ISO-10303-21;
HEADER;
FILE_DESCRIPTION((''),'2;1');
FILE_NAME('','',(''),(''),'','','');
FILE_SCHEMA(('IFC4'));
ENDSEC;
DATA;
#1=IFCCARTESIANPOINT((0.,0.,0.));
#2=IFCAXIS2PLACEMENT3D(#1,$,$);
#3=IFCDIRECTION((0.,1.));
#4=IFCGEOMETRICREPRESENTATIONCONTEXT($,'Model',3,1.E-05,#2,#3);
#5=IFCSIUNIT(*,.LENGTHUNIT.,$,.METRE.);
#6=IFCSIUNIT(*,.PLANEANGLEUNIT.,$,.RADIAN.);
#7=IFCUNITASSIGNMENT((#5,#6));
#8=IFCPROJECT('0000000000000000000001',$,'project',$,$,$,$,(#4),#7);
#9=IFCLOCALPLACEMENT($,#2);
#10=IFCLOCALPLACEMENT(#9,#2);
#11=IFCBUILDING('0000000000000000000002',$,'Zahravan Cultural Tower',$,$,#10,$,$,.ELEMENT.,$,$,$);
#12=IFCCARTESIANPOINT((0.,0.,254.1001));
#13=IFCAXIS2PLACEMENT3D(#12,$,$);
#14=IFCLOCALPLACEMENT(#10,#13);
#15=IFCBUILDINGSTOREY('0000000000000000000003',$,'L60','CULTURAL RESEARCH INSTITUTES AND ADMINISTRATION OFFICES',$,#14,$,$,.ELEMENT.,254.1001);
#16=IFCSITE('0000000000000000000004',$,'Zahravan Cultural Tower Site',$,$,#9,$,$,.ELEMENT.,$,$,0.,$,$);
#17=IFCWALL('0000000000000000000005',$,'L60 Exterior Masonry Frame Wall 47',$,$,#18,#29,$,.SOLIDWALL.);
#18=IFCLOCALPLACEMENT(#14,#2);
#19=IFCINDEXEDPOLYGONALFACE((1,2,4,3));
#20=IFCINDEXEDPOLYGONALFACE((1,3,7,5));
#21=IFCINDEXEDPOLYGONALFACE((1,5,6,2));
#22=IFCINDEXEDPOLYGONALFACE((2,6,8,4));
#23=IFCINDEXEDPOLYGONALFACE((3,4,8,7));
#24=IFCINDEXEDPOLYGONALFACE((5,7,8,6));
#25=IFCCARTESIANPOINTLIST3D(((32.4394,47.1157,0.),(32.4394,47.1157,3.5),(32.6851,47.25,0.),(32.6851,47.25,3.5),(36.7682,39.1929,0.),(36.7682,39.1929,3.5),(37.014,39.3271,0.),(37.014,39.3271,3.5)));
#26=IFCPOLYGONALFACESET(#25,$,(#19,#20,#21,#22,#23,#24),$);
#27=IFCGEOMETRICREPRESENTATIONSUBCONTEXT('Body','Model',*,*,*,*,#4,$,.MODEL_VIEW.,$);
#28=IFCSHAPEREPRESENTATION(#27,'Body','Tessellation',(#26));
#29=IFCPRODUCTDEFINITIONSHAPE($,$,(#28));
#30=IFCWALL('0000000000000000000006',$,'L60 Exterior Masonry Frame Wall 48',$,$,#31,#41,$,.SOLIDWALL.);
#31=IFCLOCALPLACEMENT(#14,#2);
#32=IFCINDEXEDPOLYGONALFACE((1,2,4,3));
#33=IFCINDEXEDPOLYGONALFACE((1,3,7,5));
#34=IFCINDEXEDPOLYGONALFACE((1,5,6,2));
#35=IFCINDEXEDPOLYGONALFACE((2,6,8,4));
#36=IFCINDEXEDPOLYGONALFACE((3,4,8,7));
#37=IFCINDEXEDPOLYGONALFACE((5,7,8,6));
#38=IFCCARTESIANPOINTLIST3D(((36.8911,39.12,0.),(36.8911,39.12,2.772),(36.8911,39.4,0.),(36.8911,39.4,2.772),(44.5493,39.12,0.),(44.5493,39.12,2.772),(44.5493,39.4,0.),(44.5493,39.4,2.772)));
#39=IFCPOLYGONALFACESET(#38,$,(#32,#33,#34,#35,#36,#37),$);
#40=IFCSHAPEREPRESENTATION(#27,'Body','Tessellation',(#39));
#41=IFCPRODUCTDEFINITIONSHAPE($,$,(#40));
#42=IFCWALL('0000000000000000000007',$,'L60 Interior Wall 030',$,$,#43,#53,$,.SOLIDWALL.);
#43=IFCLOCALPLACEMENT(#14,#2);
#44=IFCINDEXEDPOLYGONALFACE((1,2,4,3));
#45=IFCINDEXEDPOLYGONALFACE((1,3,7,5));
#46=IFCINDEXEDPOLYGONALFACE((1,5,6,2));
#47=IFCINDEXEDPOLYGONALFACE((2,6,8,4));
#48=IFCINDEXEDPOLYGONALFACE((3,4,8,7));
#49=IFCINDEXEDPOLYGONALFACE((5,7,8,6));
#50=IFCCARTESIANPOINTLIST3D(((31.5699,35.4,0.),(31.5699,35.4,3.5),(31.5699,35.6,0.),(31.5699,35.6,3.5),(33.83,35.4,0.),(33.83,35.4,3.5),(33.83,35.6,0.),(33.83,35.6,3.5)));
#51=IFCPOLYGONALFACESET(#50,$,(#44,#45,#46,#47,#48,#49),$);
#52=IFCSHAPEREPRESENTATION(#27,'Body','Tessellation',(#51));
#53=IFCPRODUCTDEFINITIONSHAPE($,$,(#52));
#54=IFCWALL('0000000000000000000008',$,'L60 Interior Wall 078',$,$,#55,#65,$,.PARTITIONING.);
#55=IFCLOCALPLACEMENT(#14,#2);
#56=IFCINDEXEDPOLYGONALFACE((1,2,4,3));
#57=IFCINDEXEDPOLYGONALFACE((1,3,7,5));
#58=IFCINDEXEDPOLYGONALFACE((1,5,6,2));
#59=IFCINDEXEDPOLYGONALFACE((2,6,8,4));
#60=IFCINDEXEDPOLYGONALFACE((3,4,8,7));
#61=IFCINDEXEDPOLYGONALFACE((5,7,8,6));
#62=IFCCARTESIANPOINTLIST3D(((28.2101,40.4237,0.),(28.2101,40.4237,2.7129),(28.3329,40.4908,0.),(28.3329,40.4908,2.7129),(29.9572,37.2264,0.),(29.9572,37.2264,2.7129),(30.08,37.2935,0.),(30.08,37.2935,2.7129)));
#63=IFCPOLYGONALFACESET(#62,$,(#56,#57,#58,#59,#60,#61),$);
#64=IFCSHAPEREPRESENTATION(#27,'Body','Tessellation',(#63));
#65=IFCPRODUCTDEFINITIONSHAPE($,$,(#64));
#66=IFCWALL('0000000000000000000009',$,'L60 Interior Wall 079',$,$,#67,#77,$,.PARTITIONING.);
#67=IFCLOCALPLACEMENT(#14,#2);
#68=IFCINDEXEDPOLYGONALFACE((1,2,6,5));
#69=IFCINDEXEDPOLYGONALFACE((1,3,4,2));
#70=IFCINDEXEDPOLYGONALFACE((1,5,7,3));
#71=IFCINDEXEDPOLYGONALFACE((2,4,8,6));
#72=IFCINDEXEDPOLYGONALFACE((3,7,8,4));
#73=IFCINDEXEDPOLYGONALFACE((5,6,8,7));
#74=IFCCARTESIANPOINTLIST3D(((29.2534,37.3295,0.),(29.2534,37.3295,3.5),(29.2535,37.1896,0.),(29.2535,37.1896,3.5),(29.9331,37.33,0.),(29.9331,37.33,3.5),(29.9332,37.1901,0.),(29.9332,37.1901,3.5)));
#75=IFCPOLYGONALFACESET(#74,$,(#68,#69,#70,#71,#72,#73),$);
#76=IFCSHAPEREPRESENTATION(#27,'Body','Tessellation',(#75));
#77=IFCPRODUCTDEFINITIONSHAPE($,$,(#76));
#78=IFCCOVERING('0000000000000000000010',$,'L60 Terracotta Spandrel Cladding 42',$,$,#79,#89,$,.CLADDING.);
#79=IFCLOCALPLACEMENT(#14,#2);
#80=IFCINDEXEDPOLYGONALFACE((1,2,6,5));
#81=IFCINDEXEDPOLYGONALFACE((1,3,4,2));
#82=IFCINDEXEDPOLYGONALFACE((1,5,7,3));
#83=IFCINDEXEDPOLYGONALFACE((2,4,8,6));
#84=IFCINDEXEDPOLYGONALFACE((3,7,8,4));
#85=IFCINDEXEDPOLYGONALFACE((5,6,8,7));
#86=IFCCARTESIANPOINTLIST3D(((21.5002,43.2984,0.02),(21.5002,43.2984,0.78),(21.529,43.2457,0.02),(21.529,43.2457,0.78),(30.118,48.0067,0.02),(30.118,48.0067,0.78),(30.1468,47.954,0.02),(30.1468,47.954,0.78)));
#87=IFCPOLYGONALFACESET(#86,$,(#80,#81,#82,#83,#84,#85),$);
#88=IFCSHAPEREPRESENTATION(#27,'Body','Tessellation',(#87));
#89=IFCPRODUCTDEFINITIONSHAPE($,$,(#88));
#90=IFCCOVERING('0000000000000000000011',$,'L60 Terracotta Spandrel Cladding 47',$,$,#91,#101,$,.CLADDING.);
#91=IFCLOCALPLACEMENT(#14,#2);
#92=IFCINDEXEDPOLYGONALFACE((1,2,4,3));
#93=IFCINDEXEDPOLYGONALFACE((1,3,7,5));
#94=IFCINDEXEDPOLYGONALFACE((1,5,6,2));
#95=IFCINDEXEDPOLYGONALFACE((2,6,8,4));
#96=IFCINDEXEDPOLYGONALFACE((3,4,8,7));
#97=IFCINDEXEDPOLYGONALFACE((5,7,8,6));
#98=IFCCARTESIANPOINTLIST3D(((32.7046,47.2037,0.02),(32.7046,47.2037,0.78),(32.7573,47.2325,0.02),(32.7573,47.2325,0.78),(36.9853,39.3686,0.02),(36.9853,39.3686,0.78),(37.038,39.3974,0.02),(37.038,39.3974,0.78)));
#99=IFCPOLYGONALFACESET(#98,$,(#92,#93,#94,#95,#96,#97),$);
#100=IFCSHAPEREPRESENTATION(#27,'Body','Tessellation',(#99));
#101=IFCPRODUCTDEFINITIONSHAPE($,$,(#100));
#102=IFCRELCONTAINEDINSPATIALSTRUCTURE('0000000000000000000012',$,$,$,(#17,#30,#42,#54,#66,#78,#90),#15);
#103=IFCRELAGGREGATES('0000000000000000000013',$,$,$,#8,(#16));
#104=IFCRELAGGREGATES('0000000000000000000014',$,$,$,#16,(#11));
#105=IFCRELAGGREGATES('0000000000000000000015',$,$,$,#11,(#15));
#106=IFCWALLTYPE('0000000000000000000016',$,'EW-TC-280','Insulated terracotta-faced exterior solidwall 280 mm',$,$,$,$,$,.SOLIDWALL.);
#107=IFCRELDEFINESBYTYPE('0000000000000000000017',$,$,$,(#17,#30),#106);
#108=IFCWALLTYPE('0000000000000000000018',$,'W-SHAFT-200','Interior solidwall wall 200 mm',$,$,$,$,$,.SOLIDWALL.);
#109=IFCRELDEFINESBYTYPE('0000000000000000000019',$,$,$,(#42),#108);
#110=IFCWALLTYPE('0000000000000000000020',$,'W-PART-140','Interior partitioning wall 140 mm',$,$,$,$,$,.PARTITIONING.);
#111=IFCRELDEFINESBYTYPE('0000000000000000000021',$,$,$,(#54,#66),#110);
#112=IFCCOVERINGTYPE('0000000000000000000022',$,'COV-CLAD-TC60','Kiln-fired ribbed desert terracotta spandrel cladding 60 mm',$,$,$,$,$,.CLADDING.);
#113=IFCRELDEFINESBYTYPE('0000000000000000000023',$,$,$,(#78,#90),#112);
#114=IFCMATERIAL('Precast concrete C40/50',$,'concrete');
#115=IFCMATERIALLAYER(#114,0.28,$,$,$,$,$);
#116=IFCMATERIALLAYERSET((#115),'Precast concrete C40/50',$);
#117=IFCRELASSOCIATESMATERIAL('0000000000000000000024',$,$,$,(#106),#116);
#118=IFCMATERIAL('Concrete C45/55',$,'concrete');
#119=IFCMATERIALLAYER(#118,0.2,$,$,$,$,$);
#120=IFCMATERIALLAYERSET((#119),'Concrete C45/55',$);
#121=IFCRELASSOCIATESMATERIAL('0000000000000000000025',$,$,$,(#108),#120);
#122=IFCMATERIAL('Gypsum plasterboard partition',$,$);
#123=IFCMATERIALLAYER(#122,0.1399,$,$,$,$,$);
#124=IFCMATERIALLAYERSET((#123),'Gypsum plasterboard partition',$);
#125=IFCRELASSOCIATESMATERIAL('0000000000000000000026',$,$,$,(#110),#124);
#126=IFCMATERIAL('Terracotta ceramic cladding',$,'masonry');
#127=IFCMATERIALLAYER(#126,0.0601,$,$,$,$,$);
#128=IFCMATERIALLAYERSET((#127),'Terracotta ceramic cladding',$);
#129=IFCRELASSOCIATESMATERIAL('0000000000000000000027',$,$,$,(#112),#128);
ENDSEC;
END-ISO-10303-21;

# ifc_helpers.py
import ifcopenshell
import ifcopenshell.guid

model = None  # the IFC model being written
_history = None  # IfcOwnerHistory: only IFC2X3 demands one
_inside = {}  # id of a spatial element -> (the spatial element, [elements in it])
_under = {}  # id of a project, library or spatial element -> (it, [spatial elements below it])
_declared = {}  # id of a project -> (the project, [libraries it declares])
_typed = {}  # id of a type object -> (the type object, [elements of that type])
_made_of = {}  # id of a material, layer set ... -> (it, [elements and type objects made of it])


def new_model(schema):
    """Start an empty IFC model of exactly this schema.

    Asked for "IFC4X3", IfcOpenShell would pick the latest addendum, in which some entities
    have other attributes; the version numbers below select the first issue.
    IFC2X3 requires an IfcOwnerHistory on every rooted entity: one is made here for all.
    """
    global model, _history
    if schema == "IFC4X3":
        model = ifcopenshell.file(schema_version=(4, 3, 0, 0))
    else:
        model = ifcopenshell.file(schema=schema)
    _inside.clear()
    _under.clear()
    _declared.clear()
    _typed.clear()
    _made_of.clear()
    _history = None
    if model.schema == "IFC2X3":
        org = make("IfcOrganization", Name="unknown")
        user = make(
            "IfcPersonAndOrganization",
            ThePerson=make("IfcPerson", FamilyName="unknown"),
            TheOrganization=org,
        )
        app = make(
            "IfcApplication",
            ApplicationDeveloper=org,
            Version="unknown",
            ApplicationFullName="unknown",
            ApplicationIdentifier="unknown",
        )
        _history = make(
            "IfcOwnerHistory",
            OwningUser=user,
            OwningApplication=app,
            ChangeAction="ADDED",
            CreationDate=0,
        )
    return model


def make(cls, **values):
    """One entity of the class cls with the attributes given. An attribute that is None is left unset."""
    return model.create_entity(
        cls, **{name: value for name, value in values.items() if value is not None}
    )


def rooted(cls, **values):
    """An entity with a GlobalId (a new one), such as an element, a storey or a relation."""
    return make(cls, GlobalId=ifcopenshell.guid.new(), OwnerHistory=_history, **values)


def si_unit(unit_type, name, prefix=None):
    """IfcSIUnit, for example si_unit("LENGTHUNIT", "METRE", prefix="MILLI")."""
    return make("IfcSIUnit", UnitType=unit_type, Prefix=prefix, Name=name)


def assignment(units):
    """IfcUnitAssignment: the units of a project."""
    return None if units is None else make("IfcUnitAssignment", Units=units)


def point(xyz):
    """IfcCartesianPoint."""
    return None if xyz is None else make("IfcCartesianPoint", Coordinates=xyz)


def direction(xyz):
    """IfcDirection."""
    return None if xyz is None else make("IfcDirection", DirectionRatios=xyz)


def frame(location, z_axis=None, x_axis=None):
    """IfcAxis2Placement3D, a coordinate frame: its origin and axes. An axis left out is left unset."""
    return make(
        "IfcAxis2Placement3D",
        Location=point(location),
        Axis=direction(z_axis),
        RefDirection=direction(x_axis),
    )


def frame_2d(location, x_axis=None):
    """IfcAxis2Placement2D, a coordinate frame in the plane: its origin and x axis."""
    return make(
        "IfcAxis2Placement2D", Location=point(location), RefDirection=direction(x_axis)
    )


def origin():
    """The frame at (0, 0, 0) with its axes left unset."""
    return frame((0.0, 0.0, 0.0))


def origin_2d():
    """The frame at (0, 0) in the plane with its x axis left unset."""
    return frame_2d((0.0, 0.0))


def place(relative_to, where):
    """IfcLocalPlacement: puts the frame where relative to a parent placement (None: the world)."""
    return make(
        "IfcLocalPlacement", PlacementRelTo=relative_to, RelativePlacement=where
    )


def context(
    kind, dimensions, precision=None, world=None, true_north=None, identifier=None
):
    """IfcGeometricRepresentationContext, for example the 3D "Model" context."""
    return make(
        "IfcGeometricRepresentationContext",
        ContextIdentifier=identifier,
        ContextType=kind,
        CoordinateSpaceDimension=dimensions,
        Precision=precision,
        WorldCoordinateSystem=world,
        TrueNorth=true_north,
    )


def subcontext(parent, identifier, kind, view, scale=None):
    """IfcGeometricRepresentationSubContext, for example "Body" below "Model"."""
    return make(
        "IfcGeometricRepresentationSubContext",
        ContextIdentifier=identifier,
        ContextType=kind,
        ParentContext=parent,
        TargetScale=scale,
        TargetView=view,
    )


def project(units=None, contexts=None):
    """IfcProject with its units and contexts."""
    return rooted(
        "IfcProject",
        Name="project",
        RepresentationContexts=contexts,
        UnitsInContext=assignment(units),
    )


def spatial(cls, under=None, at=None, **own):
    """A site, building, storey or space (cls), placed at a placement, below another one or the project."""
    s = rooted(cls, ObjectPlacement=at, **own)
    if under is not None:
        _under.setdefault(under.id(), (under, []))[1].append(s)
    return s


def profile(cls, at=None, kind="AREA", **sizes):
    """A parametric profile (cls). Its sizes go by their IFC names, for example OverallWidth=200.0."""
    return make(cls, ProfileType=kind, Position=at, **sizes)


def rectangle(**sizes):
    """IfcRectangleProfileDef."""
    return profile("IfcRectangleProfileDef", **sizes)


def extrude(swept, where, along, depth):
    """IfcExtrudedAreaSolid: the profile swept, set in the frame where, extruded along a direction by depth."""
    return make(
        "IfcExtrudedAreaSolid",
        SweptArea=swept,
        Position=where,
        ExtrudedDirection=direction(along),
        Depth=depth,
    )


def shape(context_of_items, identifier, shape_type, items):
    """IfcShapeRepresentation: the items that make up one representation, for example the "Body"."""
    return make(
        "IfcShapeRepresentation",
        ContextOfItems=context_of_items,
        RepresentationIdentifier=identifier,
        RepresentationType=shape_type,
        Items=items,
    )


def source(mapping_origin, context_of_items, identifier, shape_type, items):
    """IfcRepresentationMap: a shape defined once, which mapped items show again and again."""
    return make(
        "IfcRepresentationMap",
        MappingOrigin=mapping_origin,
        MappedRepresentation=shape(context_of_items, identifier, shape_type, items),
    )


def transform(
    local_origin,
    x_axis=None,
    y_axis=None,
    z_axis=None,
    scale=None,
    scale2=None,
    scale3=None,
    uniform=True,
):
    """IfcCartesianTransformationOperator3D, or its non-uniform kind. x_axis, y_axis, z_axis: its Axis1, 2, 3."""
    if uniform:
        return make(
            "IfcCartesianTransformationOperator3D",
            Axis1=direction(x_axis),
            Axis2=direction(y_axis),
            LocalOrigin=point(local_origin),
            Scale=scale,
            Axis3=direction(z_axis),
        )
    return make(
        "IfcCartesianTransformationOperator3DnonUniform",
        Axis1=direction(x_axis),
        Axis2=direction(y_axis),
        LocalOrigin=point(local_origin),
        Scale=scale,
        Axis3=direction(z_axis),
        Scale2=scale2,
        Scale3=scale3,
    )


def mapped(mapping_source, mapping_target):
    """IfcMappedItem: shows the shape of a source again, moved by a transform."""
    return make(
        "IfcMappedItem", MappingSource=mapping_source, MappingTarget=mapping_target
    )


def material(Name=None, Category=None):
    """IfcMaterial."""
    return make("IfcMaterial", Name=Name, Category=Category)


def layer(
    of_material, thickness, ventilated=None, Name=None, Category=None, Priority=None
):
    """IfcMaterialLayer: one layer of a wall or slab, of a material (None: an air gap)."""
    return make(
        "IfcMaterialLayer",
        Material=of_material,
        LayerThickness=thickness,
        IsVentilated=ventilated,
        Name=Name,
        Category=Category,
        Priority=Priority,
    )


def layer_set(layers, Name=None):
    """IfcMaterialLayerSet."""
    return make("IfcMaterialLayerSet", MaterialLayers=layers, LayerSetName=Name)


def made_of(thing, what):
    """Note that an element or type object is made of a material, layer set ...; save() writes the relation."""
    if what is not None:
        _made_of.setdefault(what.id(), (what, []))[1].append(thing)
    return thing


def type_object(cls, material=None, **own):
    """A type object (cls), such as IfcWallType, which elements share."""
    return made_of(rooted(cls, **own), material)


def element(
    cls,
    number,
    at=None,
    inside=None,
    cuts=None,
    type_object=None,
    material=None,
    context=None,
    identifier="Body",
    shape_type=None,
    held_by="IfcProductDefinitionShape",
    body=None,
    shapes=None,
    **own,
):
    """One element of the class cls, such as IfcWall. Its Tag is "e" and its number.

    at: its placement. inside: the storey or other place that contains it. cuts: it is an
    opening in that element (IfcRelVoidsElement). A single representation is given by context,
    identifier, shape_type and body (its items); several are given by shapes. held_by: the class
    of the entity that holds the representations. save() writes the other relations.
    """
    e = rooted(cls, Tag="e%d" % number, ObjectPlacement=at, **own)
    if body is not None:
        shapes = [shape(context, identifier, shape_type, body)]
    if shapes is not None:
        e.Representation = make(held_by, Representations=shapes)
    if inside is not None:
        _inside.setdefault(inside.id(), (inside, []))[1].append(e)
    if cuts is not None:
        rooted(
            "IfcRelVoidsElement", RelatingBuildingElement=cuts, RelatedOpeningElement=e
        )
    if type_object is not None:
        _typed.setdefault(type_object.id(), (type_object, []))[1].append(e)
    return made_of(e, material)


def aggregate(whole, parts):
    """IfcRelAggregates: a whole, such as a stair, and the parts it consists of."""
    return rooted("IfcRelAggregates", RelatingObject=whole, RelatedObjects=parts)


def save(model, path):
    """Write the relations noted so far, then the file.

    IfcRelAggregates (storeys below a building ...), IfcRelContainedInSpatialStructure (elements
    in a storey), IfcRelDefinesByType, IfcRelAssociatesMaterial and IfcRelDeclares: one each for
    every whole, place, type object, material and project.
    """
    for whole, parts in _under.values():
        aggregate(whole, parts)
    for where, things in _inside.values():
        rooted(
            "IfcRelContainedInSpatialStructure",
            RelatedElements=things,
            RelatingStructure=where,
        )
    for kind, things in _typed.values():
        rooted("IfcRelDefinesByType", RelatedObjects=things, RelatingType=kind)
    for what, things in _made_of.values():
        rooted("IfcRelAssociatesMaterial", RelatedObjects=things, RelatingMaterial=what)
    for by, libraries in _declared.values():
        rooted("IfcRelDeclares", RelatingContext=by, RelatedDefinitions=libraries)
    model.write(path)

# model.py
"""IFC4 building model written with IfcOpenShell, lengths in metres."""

from ifc_helpers import new_model, si_unit, direction, frame, frame_2d, origin, origin_2d, place, context, subcontext, project, spatial, rectangle, extrude, source, transform, mapped, material, layer, layer_set, type_object, element, save


model = new_model("IFC4")

# Units and contexts
model_context = context("Model", 3, precision=1e-05, world=origin(), true_north=direction((0.0, 1.0)))
body_context = subcontext(model_context, "Body", "Model", "MODEL_VIEW")
ifc_project = project(units=[si_unit("LENGTHUNIT", "METRE"), si_unit("PLANEANGLEUNIT", "RADIAN")], contexts=[model_context])

# Site, building, storey
site_placement = place(None, origin())
site = spatial("IfcSite", under=ifc_project, at=site_placement, Name="Zahravan Cultural Tower Site", CompositionType="ELEMENT", RefElevation=0.0)
building_placement = place(site_placement, origin())
building = spatial("IfcBuilding", under=site, at=building_placement, Name="Zahravan Cultural Tower", CompositionType="ELEMENT")
storey_placement = place(building_placement, frame((0.0, 0.0, 254.1001)))
storey = spatial("IfcBuildingStorey", under=building, at=storey_placement, Name="L60", Description="CULTURAL RESEARCH INSTITUTES AND ADMINISTRATION OFFICES", CompositionType="ELEMENT", Elevation=254.1001)

# Shared definitions
ifc_material_1 = material(Name="Concrete C45/55", Category="concrete")

# Shared definitions
ifc_material_2 = material(Name="Gypsum plasterboard partition")

# Walls
ifc_material_3 = material(Name="Precast concrete C40/50", Category="concrete")
ifc_layer_1 = layer(ifc_material_3, 0.28)
ifc_layer_set_1 = layer_set([ifc_layer_1], Name="Precast concrete C40/50")
wall_type_1 = type_object("IfcWallType", Name="EW-TC-280", Description="Insulated terracotta-faced exterior solidwall 280 mm", PredefinedType="SOLIDWALL", material=ifc_layer_set_1)
shared_shape_1 = source(origin(), body_context, "Body", "SweptSolid", [
    extrude(rectangle(XDim=9.0283, YDim=0.28, at=frame_2d((4.5142, 0.0))), origin(), (0.0, 0.0, 1.0), 3.5),
])
wall_1_placement = place(storey_placement, frame((32.5623, 47.1829, 0.0), z_axis=(0.0, 0.0, 1.0), x_axis=(0.479475, -0.877555, 0.0)))
element("IfcWall", 1, at=wall_1_placement, inside=storey, type_object=wall_type_1, Name="L60 Exterior Masonry Frame Wall 47", PredefinedType="SOLIDWALL", context=body_context, shape_type="MappedRepresentation", body=[
    mapped(shared_shape_1, transform((0.0, 0.0, 0.0), x_axis=(1.0, 0.0, 0.0), y_axis=(0.0, 1.0, 0.0), z_axis=(0.0, 0.0, 1.0), scale=1.0)),
])
shared_shape_2 = source(origin(), body_context, "Body", "SweptSolid", [
    extrude(rectangle(XDim=7.6582, YDim=0.28, at=frame_2d((3.8291, 0.0))), origin(), (0.0, 0.0, 1.0), 2.772),
])
wall_2_placement = place(storey_placement, frame((36.8911, 39.26, 0.0), z_axis=(0.0, 0.0, 1.0), x_axis=(1.0, 0.0, 0.0)))
element("IfcWall", 2, at=wall_2_placement, inside=storey, type_object=wall_type_1, Name="L60 Exterior Masonry Frame Wall 48", PredefinedType="SOLIDWALL", context=body_context, shape_type="MappedRepresentation", body=[
    mapped(shared_shape_2, transform((0.0, 0.0, 0.0), x_axis=(1.0, 0.0, 0.0), y_axis=(0.0, 1.0, 0.0), z_axis=(0.0, 0.0, 1.0), scale=1.0)),
])
ifc_layer_2 = layer(ifc_material_1, 0.2)
ifc_layer_set_2 = layer_set([ifc_layer_2], Name="Concrete C45/55")
wall_type_2 = type_object("IfcWallType", Name="W-SHAFT-200", Description="Interior solidwall wall 200 mm", PredefinedType="SOLIDWALL", material=ifc_layer_set_2)
shared_shape_3 = source(origin(), body_context, "Body", "SweptSolid", [
    extrude(rectangle(XDim=2.26, YDim=0.2, at=frame_2d((1.1299, 0.0))), origin(), (0.0, 0.0, 1.0), 3.5),
])
wall_3_placement = place(storey_placement, frame((31.5701, 35.5, 0.0), z_axis=(0.0, 0.0, 1.0), x_axis=(1.0, 0.0, 0.0)))
element("IfcWall", 3, at=wall_3_placement, inside=storey, type_object=wall_type_2, Name="L60 Interior Wall 030", PredefinedType="SOLIDWALL", context=body_context, shape_type="MappedRepresentation", body=[
    mapped(shared_shape_3, transform((0.0, 0.0, 0.0), x_axis=(1.0, 0.0, 0.0), y_axis=(0.0, 1.0, 0.0), z_axis=(0.0, 0.0, 1.0), scale=1.0)),
])
ifc_layer_3 = layer(ifc_material_2, 0.1399)
ifc_layer_set_3 = layer_set([ifc_layer_3], Name="Gypsum plasterboard partition")
wall_type_3 = type_object("IfcWallType", Name="W-PART-140", Description="Interior partitioning wall 140 mm", PredefinedType="PARTITIONING", material=ifc_layer_set_3)
shared_shape_4 = source(origin(), body_context, "Body", "SweptSolid", [
    extrude(rectangle(XDim=3.6436, YDim=0.1399, at=frame_2d((1.8218, 0.0))), origin(), (0.0, 0.0, 1.0), 2.7129),
])
wall_4_placement = place(storey_placement, frame((28.2715, 40.4573, 0.0), z_axis=(0.0, 0.0, 1.0), x_axis=(0.479509, -0.877537, 0.0)))
element("IfcWall", 4, at=wall_4_placement, inside=storey, type_object=wall_type_3, Name="L60 Interior Wall 078", PredefinedType="PARTITIONING", context=body_context, shape_type="MappedRepresentation", body=[
    mapped(shared_shape_4, transform((0.0, 0.0, 0.0), x_axis=(1.0, 0.0, 0.0), y_axis=(0.0, 1.0, 0.0), z_axis=(0.0, 0.0, 1.0), scale=1.0)),
])
shared_shape_5 = source(origin(), body_context, "Body", "SweptSolid", [
    extrude(rectangle(XDim=0.6797, YDim=0.1399, at=frame_2d((0.3398, 0.0))), origin(), (0.0, 0.0, 1.0), 3.5),
])
wall_5_placement = place(storey_placement, frame((29.9331, 37.26, 0.0), z_axis=(0.0, 0.0, 1.0), x_axis=(-1.0, -0.000718, 0.0)))
element("IfcWall", 5, at=wall_5_placement, inside=storey, type_object=wall_type_3, Name="L60 Interior Wall 079", PredefinedType="PARTITIONING", context=body_context, shape_type="MappedRepresentation", body=[
    mapped(shared_shape_5, transform((0.0, 0.0, 0.0), x_axis=(1.0, 0.0, 0.0), y_axis=(0.0, 1.0, 0.0), z_axis=(0.0, 0.0, 1.0), scale=1.0)),
])

# Coverings
ifc_material_4 = material(Name="Terracotta ceramic cladding", Category="masonry")
ifc_layer_4 = layer(ifc_material_4, 0.0601)
ifc_layer_set_4 = layer_set([ifc_layer_4], Name="Terracotta ceramic cladding")
covering_type = type_object("IfcCoveringType", Name="COV-CLAD-TC60", Description="Kiln-fired ribbed desert terracotta spandrel cladding 60 mm", PredefinedType="CLADDING", material=ifc_layer_set_4)
shared_shape_6 = source(origin(), body_context, "Body", "SweptSolid", [
    extrude(rectangle(XDim=9.8201, YDim=0.0601, at=origin_2d()), origin(), (0.0, 0.0, 1.0), 0.76),
])
covering_1_placement = place(storey_placement, frame((25.8235, 45.6262, 0.02), z_axis=(0.0, 0.0, 1.0), x_axis=(0.877565, 0.479458, 0.0)))
element("IfcCovering", 6, at=covering_1_placement, inside=storey, type_object=covering_type, Name="L60 Terracotta Spandrel Cladding 42", PredefinedType="CLADDING", context=body_context, shape_type="MappedRepresentation", body=[
    mapped(shared_shape_6, transform((0.0, 0.0, 0.0), x_axis=(1.0, 0.0, 0.0), y_axis=(0.0, 1.0, 0.0), z_axis=(0.0, 0.0, 1.0), scale=1.0)),
])
shared_shape_7 = source(origin(), body_context, "Body", "SweptSolid", [
    extrude(rectangle(XDim=8.9282, YDim=0.0601, at=origin_2d()), origin(), (0.0, 0.0, 1.0), 0.76),
])
covering_2_placement = place(storey_placement, frame((34.8713, 43.3005, 0.02), z_axis=(0.0, 0.0, 1.0), x_axis=(0.479458, -0.877565, 0.0)))
element("IfcCovering", 7, at=covering_2_placement, inside=storey, type_object=covering_type, Name="L60 Terracotta Spandrel Cladding 47", PredefinedType="CLADDING", context=body_context, shape_type="MappedRepresentation", body=[
    mapped(shared_shape_7, transform((0.0, 0.0, 0.0), x_axis=(1.0, 0.0, 0.0), y_axis=(0.0, 1.0, 0.0), z_axis=(0.0, 0.0, 1.0), scale=1.0)),
])

save(model, "model.ifc")
